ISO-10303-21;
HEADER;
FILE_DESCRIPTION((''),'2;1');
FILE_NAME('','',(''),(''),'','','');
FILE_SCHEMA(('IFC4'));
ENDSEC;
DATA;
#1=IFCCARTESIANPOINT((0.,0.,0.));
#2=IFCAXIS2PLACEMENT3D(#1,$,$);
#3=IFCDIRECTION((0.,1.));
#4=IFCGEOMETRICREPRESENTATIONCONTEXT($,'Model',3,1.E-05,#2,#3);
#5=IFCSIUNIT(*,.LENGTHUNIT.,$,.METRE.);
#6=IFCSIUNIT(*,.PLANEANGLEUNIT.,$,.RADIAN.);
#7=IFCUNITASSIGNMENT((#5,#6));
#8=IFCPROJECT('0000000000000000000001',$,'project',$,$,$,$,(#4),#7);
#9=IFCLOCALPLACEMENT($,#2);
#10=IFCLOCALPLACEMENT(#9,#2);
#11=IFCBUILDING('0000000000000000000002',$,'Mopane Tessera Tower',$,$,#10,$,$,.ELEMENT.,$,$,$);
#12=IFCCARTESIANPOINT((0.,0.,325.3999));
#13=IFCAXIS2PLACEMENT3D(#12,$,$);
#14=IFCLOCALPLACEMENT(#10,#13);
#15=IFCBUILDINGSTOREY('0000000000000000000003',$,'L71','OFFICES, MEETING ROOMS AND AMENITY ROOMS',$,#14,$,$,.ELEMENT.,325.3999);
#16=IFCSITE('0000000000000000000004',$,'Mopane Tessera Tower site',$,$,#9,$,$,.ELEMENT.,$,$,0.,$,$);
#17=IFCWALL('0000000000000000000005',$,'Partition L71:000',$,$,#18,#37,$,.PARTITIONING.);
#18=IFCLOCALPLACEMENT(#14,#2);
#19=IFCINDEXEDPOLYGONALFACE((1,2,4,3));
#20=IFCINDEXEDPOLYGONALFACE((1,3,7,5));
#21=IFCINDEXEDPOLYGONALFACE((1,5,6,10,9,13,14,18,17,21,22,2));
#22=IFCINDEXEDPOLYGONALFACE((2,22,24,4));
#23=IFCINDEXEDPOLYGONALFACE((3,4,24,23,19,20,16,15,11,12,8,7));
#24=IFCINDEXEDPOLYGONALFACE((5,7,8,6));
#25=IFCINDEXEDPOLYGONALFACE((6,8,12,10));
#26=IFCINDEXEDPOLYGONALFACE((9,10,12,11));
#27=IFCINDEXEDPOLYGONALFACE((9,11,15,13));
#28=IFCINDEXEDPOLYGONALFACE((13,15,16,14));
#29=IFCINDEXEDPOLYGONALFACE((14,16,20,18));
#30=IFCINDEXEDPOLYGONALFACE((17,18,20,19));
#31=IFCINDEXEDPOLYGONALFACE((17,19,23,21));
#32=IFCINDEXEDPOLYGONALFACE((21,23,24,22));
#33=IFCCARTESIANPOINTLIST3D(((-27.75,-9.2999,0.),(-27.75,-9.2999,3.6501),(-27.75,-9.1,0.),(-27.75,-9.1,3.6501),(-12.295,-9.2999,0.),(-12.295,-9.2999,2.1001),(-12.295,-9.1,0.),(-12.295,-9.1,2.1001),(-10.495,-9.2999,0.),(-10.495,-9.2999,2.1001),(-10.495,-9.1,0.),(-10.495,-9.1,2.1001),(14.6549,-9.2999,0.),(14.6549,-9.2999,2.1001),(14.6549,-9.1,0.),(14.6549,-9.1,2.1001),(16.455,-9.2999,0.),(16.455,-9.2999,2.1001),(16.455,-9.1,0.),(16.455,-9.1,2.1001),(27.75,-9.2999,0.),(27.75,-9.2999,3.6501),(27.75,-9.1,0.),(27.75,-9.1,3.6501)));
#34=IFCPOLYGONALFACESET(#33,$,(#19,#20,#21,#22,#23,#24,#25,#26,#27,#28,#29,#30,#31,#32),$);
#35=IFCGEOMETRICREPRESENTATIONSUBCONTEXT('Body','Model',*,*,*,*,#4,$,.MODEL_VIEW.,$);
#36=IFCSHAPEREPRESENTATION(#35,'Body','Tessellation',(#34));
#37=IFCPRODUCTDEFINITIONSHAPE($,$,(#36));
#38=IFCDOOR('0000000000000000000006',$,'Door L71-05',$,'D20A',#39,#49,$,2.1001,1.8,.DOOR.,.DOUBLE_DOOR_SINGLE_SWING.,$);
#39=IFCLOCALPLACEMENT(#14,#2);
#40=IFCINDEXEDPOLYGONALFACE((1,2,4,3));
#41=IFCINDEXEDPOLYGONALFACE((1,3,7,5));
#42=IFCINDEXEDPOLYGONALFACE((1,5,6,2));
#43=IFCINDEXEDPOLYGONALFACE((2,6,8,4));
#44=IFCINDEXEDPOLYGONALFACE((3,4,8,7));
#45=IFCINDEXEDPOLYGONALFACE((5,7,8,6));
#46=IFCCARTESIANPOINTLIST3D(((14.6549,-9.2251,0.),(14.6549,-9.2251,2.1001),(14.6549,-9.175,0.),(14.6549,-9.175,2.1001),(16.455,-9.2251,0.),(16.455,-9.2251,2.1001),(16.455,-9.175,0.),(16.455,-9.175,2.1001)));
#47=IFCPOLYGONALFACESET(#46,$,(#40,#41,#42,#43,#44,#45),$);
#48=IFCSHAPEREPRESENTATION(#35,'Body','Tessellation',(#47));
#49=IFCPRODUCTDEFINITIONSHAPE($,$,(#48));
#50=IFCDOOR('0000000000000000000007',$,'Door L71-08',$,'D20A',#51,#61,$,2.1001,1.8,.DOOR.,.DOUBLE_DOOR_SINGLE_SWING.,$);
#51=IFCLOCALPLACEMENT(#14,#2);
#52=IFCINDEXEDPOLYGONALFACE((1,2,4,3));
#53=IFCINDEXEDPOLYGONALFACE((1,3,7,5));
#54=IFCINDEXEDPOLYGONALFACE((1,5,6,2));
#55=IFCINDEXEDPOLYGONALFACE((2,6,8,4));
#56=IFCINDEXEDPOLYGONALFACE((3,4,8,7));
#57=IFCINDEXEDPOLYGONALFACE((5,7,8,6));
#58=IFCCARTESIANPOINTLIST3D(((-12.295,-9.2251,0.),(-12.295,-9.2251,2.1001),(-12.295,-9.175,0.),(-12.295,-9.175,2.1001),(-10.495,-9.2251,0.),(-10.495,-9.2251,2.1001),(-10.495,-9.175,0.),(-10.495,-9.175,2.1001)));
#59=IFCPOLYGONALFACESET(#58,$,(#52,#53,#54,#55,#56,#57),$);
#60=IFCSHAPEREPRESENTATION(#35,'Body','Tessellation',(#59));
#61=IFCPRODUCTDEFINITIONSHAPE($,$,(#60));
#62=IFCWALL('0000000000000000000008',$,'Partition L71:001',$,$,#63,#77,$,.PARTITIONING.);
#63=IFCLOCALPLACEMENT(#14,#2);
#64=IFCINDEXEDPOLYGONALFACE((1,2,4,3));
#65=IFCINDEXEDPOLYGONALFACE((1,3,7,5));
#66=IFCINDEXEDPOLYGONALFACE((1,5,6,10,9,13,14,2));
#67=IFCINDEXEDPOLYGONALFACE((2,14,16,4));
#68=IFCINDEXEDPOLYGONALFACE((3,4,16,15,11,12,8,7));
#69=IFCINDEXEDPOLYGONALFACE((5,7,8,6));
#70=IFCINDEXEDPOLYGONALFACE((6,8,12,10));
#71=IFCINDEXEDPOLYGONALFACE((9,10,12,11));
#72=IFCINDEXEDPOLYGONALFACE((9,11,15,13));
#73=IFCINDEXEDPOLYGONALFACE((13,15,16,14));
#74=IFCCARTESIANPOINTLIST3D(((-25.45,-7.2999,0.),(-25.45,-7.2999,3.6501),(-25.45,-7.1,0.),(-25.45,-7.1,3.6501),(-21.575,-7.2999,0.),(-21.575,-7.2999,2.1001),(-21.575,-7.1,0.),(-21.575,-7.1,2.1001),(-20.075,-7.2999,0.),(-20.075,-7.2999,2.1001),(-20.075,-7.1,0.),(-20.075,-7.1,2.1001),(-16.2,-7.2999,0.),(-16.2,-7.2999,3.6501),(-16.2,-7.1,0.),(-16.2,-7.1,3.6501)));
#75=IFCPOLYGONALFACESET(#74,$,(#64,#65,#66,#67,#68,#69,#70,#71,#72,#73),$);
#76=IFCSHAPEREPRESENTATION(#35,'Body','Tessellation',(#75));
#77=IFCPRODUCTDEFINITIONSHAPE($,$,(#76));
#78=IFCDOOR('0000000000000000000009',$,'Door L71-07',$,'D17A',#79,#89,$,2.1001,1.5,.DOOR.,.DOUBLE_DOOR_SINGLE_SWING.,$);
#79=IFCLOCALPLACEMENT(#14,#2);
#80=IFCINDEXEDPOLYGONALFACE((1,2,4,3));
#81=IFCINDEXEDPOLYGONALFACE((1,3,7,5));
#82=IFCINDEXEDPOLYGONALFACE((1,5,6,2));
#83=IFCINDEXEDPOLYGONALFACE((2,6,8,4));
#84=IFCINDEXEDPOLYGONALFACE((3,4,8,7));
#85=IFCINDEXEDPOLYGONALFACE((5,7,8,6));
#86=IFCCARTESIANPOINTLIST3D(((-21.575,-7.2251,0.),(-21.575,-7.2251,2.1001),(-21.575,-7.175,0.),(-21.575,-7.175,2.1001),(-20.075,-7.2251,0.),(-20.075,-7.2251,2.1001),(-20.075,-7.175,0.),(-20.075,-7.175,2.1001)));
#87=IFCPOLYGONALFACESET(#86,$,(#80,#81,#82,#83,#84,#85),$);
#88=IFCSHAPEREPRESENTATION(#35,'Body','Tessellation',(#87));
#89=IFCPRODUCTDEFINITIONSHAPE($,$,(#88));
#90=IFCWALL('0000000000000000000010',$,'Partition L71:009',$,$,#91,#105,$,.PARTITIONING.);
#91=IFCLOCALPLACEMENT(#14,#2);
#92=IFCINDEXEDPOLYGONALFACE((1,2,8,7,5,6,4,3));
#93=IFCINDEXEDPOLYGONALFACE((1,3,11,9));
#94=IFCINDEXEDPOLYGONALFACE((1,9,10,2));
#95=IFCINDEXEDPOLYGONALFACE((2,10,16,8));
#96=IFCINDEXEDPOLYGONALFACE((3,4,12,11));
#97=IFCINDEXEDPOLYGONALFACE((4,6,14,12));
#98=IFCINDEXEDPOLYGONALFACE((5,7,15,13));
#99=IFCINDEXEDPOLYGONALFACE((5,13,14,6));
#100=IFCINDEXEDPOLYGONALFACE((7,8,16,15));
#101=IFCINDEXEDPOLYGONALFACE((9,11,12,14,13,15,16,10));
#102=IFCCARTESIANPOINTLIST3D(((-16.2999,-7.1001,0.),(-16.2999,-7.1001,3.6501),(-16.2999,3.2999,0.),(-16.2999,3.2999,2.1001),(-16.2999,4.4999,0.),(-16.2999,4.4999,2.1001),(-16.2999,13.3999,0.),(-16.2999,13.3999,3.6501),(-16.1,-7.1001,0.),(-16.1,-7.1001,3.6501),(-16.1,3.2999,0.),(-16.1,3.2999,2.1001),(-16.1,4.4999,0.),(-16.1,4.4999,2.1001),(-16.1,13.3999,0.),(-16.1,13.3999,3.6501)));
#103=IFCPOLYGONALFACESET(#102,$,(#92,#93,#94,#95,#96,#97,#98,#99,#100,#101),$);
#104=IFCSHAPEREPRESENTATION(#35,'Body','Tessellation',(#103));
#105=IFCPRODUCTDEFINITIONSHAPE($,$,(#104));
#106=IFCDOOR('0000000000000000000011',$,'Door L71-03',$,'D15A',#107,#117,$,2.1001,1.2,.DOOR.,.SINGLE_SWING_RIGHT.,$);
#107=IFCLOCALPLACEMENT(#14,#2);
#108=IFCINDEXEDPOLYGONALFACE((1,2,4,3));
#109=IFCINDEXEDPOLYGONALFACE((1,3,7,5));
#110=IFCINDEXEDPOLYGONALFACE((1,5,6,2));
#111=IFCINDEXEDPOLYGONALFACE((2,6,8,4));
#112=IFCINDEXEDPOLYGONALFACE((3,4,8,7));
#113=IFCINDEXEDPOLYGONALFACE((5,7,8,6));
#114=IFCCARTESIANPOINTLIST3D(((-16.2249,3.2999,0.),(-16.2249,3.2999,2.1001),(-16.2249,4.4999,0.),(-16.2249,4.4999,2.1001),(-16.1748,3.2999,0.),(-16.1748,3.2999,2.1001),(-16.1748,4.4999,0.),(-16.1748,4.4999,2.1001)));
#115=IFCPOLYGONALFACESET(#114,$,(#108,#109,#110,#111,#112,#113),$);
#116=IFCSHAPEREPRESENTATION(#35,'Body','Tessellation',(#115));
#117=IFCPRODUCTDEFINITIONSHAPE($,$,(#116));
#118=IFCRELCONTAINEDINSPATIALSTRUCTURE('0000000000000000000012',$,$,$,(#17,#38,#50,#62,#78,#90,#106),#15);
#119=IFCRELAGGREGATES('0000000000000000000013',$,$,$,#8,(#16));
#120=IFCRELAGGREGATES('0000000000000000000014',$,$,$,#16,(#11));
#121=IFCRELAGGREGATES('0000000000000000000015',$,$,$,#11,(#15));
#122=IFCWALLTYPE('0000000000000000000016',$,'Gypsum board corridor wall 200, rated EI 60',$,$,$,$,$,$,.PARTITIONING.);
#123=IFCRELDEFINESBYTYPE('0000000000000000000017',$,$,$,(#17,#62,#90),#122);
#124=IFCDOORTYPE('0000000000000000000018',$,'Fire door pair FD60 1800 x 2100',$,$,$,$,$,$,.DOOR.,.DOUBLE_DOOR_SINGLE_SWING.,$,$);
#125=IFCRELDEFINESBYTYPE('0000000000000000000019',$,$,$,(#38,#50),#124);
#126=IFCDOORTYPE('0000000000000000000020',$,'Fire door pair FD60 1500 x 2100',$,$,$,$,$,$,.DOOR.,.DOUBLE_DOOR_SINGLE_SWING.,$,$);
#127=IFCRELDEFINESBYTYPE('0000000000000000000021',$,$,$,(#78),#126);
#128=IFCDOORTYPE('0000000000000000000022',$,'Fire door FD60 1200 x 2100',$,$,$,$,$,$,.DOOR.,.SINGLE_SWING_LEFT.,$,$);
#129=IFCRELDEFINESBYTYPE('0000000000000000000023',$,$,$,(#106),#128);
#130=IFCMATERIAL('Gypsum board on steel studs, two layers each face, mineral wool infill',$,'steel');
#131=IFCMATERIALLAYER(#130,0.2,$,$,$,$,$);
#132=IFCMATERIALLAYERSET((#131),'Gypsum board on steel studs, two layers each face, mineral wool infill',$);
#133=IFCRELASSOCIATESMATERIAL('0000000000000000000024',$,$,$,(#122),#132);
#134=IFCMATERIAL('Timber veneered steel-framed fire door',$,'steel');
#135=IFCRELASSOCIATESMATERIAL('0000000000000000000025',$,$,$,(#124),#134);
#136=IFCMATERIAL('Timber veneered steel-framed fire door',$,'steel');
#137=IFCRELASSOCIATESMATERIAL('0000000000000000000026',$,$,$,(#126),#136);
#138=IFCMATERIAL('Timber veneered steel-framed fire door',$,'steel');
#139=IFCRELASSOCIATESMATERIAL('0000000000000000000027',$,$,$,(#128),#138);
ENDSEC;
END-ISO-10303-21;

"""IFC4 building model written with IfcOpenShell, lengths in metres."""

from ifc_helpers import new_model, si_unit, direction, frame, frame_2d, origin, place, context, subcontext, project, spatial, rectangle, extrude, material, layer, layer_set, type_object, element, fill, save


model = new_model("IFC4")

# Units and contexts
model_context = context("Model", 3, precision=1e-05, world=origin(), true_north=direction((0.0, 1.0)))
body_context = subcontext(model_context, "Body", "Model", "MODEL_VIEW")
ifc_project = project(units=[si_unit("LENGTHUNIT", "METRE"), si_unit("PLANEANGLEUNIT", "RADIAN")], contexts=[model_context])

# Site, building, storey
site_placement = place(None, origin())
site = spatial("IfcSite", under=ifc_project, at=site_placement, Name="Mopane Tessera Tower site", CompositionType="ELEMENT", RefElevation=0.0)
building_placement = place(site_placement, origin())
building = spatial("IfcBuilding", under=site, at=building_placement, Name="Mopane Tessera Tower", CompositionType="ELEMENT")
storey_placement = place(building_placement, frame((0.0, 0.0, 325.3999)))
storey = spatial("IfcBuildingStorey", under=building, at=storey_placement, Name="L71", Description="OFFICES, MEETING ROOMS AND AMENITY ROOMS", CompositionType="ELEMENT", Elevation=325.3999)

# Wall, openings, doors
ifc_material_1 = material(Name="Gypsum board on steel studs, two layers each face, mineral wool infill", Category="steel")
ifc_layer_1 = layer(ifc_material_1, 0.2)
ifc_layer_set_1 = layer_set([ifc_layer_1], Name="Gypsum board on steel studs, two layers each face, mineral wool infill")
wall_type_1 = type_object("IfcWallType", Name="Gypsum board corridor wall 200, rated EI 60", PredefinedType="PARTITIONING", material=ifc_layer_set_1)
wall_1_placement = place(storey_placement, frame((-27.75, -9.2, 0.0), z_axis=(0.0, 0.0, 1.0), x_axis=(1.0, 0.0, 0.0)))
wall_1 = element("IfcWall", 1, at=wall_1_placement, inside=storey, type_object=wall_type_1, Name="Partition L71:000", PredefinedType="PARTITIONING", context=body_context, shape_type="SweptSolid", body=[
    extrude(rectangle(XDim=55.5, YDim=0.2, at=frame_2d((27.75, 0.0))), origin(), (0.0, 0.0, 1.0), 3.6501),
])
opening_1_placement = place(wall_1_placement, frame((42.405, 0.0, 0.0)))
opening_1 = element("IfcOpeningElement", 2, at=opening_1_placement, cuts=wall_1, PredefinedType="OPENING", context=body_context, shape_type="SweptSolid", body=[
    extrude(rectangle(XDim=1.8, YDim=2.1001, at=frame_2d((0.8999, 1.05))), frame((0.0, 0.1121, 0.0), z_axis=(0.0, -1.0, 0.0), x_axis=(1.0, 0.0, 0.0)), (0.0, 0.0, 1.0), 0.2239),
])
opening_2_placement = place(wall_1_placement, frame((15.4551, 0.0, 0.0)))
opening_2 = element("IfcOpeningElement", 3, at=opening_2_placement, cuts=wall_1, PredefinedType="OPENING", context=body_context, shape_type="SweptSolid", body=[
    extrude(rectangle(XDim=1.8, YDim=2.1001, at=frame_2d((0.8999, 1.05))), frame((0.0, 0.1121, 0.0), z_axis=(0.0, -1.0, 0.0), x_axis=(1.0, 0.0, 0.0)), (0.0, 0.0, 1.0), 0.2239),
])
ifc_material_2 = material(Name="Timber veneered steel-framed fire door", Category="steel")
door_type_1 = type_object("IfcDoorType", Name="Fire door pair FD60 1800 x 2100", OperationType="DOUBLE_DOOR_SINGLE_SWING", PredefinedType="DOOR", material=ifc_material_2)
door_1_placement = place(opening_1_placement, origin())
door_1 = element("IfcDoor", 4, at=door_1_placement, inside=storey, type_object=door_type_1, Name="Door L71-05", ObjectType="D20A", OperationType="DOUBLE_DOOR_SINGLE_SWING", OverallHeight=2.1001, OverallWidth=1.8, PredefinedType="DOOR", context=body_context, shape_type="SweptSolid", body=[
    extrude(rectangle(XDim=1.8, YDim=2.1001, at=frame_2d((0.8999, 1.05))), frame((0.0, 0.0249, 0.0), z_axis=(0.0, -1.0, 0.0), x_axis=(1.0, 0.0, 0.0)), (0.0, 0.0, 1.0), 0.05),
])
fill(opening_1, door_1)
door_2_placement = place(opening_2_placement, origin())
door_2 = element("IfcDoor", 5, at=door_2_placement, inside=storey, type_object=door_type_1, Name="Door L71-08", ObjectType="D20A", OperationType="DOUBLE_DOOR_SINGLE_SWING", OverallHeight=2.1001, OverallWidth=1.8, PredefinedType="DOOR", context=body_context, shape_type="SweptSolid", body=[
    extrude(rectangle(XDim=1.8, YDim=2.1001, at=frame_2d((0.8999, 1.05))), frame((0.0, 0.0249, 0.0), z_axis=(0.0, -1.0, 0.0), x_axis=(1.0, 0.0, 0.0)), (0.0, 0.0, 1.0), 0.05),
])
fill(opening_2, door_2)

# Walls, openings, doors
wall_2_placement = place(storey_placement, frame((-25.45, -7.2, 0.0), z_axis=(0.0, 0.0, 1.0), x_axis=(1.0, 0.0, 0.0)))
wall_2 = element("IfcWall", 6, at=wall_2_placement, inside=storey, type_object=wall_type_1, Name="Partition L71:001", PredefinedType="PARTITIONING", context=body_context, shape_type="SweptSolid", body=[
    extrude(rectangle(XDim=9.25, YDim=0.2, at=frame_2d((4.625, 0.0))), origin(), (0.0, 0.0, 1.0), 3.6501),
])
opening_3_placement = place(wall_2_placement, frame((3.875, 0.0, 0.0)))
opening_3 = element("IfcOpeningElement", 7, at=opening_3_placement, cuts=wall_2, PredefinedType="OPENING", context=body_context, shape_type="SweptSolid", body=[
    extrude(rectangle(XDim=1.5, YDim=2.1001, at=frame_2d((0.75, 1.05))), frame((0.0, 0.1121, 0.0), z_axis=(0.0, -1.0, 0.0), x_axis=(1.0, 0.0, 0.0)), (0.0, 0.0, 1.0), 0.2239),
])
ifc_material_3 = material(Name="Timber veneered steel-framed fire door", Category="steel")
door_type_2 = type_object("IfcDoorType", Name="Fire door pair FD60 1500 x 2100", OperationType="DOUBLE_DOOR_SINGLE_SWING", PredefinedType="DOOR", material=ifc_material_3)
door_3_placement = place(opening_3_placement, origin())
door_3 = element("IfcDoor", 8, at=door_3_placement, inside=storey, type_object=door_type_2, Name="Door L71-07", ObjectType="D17A", OperationType="DOUBLE_DOOR_SINGLE_SWING", OverallHeight=2.1001, OverallWidth=1.5, PredefinedType="DOOR", context=body_context, shape_type="SweptSolid", body=[
    extrude(rectangle(XDim=1.5, YDim=2.1001, at=frame_2d((0.75, 1.05))), frame((0.0, 0.0249, 0.0), z_axis=(0.0, -1.0, 0.0), x_axis=(1.0, 0.0, 0.0)), (0.0, 0.0, 1.0), 0.05),
])
fill(opening_3, door_3)
wall_3_placement = place(storey_placement, frame((-16.2, -7.1001, 0.0), z_axis=(0.0, 0.0, 1.0), x_axis=(0.0, 1.0, 0.0)))
wall_3 = element("IfcWall", 9, at=wall_3_placement, inside=storey, type_object=wall_type_1, Name="Partition L71:009", PredefinedType="PARTITIONING", context=body_context, shape_type="SweptSolid", body=[
    extrude(rectangle(XDim=20.5, YDim=0.2, at=frame_2d((10.25, 0.0))), origin(), (0.0, 0.0, 1.0), 3.6501),
])
opening_4_placement = place(wall_3_placement, frame((10.3999, 0.0, 0.0)))
opening_4 = element("IfcOpeningElement", 10, at=opening_4_placement, cuts=wall_3, PredefinedType="OPENING", context=body_context, shape_type="SweptSolid", body=[
    extrude(rectangle(XDim=1.2, YDim=2.1001, at=frame_2d((0.6001, 1.05))), frame((0.0, 0.1121, 0.0), z_axis=(0.0, -1.0, 0.0), x_axis=(1.0, 0.0, 0.0)), (0.0, 0.0, 1.0), 0.2239),
])
ifc_material_4 = material(Name="Timber veneered steel-framed fire door", Category="steel")
door_type_3 = type_object("IfcDoorType", Name="Fire door FD60 1200 x 2100", OperationType="SINGLE_SWING_LEFT", PredefinedType="DOOR", material=ifc_material_4)
door_4_placement = place(opening_4_placement, origin())
door_4 = element("IfcDoor", 11, at=door_4_placement, inside=storey, type_object=door_type_3, Name="Door L71-03", ObjectType="D15A", OperationType="SINGLE_SWING_RIGHT", OverallHeight=2.1001, OverallWidth=1.2, PredefinedType="DOOR", context=body_context, shape_type="SweptSolid", body=[
    extrude(rectangle(XDim=1.2, YDim=2.1001, at=frame_2d((0.6001, 1.05))), frame((0.0, 0.0249, 0.0), z_axis=(0.0, -1.0, 0.0), x_axis=(1.0, 0.0, 0.0)), (0.0, 0.0, 1.0), 0.05),
])
fill(opening_4, door_4)

save(model, "model.ifc")
